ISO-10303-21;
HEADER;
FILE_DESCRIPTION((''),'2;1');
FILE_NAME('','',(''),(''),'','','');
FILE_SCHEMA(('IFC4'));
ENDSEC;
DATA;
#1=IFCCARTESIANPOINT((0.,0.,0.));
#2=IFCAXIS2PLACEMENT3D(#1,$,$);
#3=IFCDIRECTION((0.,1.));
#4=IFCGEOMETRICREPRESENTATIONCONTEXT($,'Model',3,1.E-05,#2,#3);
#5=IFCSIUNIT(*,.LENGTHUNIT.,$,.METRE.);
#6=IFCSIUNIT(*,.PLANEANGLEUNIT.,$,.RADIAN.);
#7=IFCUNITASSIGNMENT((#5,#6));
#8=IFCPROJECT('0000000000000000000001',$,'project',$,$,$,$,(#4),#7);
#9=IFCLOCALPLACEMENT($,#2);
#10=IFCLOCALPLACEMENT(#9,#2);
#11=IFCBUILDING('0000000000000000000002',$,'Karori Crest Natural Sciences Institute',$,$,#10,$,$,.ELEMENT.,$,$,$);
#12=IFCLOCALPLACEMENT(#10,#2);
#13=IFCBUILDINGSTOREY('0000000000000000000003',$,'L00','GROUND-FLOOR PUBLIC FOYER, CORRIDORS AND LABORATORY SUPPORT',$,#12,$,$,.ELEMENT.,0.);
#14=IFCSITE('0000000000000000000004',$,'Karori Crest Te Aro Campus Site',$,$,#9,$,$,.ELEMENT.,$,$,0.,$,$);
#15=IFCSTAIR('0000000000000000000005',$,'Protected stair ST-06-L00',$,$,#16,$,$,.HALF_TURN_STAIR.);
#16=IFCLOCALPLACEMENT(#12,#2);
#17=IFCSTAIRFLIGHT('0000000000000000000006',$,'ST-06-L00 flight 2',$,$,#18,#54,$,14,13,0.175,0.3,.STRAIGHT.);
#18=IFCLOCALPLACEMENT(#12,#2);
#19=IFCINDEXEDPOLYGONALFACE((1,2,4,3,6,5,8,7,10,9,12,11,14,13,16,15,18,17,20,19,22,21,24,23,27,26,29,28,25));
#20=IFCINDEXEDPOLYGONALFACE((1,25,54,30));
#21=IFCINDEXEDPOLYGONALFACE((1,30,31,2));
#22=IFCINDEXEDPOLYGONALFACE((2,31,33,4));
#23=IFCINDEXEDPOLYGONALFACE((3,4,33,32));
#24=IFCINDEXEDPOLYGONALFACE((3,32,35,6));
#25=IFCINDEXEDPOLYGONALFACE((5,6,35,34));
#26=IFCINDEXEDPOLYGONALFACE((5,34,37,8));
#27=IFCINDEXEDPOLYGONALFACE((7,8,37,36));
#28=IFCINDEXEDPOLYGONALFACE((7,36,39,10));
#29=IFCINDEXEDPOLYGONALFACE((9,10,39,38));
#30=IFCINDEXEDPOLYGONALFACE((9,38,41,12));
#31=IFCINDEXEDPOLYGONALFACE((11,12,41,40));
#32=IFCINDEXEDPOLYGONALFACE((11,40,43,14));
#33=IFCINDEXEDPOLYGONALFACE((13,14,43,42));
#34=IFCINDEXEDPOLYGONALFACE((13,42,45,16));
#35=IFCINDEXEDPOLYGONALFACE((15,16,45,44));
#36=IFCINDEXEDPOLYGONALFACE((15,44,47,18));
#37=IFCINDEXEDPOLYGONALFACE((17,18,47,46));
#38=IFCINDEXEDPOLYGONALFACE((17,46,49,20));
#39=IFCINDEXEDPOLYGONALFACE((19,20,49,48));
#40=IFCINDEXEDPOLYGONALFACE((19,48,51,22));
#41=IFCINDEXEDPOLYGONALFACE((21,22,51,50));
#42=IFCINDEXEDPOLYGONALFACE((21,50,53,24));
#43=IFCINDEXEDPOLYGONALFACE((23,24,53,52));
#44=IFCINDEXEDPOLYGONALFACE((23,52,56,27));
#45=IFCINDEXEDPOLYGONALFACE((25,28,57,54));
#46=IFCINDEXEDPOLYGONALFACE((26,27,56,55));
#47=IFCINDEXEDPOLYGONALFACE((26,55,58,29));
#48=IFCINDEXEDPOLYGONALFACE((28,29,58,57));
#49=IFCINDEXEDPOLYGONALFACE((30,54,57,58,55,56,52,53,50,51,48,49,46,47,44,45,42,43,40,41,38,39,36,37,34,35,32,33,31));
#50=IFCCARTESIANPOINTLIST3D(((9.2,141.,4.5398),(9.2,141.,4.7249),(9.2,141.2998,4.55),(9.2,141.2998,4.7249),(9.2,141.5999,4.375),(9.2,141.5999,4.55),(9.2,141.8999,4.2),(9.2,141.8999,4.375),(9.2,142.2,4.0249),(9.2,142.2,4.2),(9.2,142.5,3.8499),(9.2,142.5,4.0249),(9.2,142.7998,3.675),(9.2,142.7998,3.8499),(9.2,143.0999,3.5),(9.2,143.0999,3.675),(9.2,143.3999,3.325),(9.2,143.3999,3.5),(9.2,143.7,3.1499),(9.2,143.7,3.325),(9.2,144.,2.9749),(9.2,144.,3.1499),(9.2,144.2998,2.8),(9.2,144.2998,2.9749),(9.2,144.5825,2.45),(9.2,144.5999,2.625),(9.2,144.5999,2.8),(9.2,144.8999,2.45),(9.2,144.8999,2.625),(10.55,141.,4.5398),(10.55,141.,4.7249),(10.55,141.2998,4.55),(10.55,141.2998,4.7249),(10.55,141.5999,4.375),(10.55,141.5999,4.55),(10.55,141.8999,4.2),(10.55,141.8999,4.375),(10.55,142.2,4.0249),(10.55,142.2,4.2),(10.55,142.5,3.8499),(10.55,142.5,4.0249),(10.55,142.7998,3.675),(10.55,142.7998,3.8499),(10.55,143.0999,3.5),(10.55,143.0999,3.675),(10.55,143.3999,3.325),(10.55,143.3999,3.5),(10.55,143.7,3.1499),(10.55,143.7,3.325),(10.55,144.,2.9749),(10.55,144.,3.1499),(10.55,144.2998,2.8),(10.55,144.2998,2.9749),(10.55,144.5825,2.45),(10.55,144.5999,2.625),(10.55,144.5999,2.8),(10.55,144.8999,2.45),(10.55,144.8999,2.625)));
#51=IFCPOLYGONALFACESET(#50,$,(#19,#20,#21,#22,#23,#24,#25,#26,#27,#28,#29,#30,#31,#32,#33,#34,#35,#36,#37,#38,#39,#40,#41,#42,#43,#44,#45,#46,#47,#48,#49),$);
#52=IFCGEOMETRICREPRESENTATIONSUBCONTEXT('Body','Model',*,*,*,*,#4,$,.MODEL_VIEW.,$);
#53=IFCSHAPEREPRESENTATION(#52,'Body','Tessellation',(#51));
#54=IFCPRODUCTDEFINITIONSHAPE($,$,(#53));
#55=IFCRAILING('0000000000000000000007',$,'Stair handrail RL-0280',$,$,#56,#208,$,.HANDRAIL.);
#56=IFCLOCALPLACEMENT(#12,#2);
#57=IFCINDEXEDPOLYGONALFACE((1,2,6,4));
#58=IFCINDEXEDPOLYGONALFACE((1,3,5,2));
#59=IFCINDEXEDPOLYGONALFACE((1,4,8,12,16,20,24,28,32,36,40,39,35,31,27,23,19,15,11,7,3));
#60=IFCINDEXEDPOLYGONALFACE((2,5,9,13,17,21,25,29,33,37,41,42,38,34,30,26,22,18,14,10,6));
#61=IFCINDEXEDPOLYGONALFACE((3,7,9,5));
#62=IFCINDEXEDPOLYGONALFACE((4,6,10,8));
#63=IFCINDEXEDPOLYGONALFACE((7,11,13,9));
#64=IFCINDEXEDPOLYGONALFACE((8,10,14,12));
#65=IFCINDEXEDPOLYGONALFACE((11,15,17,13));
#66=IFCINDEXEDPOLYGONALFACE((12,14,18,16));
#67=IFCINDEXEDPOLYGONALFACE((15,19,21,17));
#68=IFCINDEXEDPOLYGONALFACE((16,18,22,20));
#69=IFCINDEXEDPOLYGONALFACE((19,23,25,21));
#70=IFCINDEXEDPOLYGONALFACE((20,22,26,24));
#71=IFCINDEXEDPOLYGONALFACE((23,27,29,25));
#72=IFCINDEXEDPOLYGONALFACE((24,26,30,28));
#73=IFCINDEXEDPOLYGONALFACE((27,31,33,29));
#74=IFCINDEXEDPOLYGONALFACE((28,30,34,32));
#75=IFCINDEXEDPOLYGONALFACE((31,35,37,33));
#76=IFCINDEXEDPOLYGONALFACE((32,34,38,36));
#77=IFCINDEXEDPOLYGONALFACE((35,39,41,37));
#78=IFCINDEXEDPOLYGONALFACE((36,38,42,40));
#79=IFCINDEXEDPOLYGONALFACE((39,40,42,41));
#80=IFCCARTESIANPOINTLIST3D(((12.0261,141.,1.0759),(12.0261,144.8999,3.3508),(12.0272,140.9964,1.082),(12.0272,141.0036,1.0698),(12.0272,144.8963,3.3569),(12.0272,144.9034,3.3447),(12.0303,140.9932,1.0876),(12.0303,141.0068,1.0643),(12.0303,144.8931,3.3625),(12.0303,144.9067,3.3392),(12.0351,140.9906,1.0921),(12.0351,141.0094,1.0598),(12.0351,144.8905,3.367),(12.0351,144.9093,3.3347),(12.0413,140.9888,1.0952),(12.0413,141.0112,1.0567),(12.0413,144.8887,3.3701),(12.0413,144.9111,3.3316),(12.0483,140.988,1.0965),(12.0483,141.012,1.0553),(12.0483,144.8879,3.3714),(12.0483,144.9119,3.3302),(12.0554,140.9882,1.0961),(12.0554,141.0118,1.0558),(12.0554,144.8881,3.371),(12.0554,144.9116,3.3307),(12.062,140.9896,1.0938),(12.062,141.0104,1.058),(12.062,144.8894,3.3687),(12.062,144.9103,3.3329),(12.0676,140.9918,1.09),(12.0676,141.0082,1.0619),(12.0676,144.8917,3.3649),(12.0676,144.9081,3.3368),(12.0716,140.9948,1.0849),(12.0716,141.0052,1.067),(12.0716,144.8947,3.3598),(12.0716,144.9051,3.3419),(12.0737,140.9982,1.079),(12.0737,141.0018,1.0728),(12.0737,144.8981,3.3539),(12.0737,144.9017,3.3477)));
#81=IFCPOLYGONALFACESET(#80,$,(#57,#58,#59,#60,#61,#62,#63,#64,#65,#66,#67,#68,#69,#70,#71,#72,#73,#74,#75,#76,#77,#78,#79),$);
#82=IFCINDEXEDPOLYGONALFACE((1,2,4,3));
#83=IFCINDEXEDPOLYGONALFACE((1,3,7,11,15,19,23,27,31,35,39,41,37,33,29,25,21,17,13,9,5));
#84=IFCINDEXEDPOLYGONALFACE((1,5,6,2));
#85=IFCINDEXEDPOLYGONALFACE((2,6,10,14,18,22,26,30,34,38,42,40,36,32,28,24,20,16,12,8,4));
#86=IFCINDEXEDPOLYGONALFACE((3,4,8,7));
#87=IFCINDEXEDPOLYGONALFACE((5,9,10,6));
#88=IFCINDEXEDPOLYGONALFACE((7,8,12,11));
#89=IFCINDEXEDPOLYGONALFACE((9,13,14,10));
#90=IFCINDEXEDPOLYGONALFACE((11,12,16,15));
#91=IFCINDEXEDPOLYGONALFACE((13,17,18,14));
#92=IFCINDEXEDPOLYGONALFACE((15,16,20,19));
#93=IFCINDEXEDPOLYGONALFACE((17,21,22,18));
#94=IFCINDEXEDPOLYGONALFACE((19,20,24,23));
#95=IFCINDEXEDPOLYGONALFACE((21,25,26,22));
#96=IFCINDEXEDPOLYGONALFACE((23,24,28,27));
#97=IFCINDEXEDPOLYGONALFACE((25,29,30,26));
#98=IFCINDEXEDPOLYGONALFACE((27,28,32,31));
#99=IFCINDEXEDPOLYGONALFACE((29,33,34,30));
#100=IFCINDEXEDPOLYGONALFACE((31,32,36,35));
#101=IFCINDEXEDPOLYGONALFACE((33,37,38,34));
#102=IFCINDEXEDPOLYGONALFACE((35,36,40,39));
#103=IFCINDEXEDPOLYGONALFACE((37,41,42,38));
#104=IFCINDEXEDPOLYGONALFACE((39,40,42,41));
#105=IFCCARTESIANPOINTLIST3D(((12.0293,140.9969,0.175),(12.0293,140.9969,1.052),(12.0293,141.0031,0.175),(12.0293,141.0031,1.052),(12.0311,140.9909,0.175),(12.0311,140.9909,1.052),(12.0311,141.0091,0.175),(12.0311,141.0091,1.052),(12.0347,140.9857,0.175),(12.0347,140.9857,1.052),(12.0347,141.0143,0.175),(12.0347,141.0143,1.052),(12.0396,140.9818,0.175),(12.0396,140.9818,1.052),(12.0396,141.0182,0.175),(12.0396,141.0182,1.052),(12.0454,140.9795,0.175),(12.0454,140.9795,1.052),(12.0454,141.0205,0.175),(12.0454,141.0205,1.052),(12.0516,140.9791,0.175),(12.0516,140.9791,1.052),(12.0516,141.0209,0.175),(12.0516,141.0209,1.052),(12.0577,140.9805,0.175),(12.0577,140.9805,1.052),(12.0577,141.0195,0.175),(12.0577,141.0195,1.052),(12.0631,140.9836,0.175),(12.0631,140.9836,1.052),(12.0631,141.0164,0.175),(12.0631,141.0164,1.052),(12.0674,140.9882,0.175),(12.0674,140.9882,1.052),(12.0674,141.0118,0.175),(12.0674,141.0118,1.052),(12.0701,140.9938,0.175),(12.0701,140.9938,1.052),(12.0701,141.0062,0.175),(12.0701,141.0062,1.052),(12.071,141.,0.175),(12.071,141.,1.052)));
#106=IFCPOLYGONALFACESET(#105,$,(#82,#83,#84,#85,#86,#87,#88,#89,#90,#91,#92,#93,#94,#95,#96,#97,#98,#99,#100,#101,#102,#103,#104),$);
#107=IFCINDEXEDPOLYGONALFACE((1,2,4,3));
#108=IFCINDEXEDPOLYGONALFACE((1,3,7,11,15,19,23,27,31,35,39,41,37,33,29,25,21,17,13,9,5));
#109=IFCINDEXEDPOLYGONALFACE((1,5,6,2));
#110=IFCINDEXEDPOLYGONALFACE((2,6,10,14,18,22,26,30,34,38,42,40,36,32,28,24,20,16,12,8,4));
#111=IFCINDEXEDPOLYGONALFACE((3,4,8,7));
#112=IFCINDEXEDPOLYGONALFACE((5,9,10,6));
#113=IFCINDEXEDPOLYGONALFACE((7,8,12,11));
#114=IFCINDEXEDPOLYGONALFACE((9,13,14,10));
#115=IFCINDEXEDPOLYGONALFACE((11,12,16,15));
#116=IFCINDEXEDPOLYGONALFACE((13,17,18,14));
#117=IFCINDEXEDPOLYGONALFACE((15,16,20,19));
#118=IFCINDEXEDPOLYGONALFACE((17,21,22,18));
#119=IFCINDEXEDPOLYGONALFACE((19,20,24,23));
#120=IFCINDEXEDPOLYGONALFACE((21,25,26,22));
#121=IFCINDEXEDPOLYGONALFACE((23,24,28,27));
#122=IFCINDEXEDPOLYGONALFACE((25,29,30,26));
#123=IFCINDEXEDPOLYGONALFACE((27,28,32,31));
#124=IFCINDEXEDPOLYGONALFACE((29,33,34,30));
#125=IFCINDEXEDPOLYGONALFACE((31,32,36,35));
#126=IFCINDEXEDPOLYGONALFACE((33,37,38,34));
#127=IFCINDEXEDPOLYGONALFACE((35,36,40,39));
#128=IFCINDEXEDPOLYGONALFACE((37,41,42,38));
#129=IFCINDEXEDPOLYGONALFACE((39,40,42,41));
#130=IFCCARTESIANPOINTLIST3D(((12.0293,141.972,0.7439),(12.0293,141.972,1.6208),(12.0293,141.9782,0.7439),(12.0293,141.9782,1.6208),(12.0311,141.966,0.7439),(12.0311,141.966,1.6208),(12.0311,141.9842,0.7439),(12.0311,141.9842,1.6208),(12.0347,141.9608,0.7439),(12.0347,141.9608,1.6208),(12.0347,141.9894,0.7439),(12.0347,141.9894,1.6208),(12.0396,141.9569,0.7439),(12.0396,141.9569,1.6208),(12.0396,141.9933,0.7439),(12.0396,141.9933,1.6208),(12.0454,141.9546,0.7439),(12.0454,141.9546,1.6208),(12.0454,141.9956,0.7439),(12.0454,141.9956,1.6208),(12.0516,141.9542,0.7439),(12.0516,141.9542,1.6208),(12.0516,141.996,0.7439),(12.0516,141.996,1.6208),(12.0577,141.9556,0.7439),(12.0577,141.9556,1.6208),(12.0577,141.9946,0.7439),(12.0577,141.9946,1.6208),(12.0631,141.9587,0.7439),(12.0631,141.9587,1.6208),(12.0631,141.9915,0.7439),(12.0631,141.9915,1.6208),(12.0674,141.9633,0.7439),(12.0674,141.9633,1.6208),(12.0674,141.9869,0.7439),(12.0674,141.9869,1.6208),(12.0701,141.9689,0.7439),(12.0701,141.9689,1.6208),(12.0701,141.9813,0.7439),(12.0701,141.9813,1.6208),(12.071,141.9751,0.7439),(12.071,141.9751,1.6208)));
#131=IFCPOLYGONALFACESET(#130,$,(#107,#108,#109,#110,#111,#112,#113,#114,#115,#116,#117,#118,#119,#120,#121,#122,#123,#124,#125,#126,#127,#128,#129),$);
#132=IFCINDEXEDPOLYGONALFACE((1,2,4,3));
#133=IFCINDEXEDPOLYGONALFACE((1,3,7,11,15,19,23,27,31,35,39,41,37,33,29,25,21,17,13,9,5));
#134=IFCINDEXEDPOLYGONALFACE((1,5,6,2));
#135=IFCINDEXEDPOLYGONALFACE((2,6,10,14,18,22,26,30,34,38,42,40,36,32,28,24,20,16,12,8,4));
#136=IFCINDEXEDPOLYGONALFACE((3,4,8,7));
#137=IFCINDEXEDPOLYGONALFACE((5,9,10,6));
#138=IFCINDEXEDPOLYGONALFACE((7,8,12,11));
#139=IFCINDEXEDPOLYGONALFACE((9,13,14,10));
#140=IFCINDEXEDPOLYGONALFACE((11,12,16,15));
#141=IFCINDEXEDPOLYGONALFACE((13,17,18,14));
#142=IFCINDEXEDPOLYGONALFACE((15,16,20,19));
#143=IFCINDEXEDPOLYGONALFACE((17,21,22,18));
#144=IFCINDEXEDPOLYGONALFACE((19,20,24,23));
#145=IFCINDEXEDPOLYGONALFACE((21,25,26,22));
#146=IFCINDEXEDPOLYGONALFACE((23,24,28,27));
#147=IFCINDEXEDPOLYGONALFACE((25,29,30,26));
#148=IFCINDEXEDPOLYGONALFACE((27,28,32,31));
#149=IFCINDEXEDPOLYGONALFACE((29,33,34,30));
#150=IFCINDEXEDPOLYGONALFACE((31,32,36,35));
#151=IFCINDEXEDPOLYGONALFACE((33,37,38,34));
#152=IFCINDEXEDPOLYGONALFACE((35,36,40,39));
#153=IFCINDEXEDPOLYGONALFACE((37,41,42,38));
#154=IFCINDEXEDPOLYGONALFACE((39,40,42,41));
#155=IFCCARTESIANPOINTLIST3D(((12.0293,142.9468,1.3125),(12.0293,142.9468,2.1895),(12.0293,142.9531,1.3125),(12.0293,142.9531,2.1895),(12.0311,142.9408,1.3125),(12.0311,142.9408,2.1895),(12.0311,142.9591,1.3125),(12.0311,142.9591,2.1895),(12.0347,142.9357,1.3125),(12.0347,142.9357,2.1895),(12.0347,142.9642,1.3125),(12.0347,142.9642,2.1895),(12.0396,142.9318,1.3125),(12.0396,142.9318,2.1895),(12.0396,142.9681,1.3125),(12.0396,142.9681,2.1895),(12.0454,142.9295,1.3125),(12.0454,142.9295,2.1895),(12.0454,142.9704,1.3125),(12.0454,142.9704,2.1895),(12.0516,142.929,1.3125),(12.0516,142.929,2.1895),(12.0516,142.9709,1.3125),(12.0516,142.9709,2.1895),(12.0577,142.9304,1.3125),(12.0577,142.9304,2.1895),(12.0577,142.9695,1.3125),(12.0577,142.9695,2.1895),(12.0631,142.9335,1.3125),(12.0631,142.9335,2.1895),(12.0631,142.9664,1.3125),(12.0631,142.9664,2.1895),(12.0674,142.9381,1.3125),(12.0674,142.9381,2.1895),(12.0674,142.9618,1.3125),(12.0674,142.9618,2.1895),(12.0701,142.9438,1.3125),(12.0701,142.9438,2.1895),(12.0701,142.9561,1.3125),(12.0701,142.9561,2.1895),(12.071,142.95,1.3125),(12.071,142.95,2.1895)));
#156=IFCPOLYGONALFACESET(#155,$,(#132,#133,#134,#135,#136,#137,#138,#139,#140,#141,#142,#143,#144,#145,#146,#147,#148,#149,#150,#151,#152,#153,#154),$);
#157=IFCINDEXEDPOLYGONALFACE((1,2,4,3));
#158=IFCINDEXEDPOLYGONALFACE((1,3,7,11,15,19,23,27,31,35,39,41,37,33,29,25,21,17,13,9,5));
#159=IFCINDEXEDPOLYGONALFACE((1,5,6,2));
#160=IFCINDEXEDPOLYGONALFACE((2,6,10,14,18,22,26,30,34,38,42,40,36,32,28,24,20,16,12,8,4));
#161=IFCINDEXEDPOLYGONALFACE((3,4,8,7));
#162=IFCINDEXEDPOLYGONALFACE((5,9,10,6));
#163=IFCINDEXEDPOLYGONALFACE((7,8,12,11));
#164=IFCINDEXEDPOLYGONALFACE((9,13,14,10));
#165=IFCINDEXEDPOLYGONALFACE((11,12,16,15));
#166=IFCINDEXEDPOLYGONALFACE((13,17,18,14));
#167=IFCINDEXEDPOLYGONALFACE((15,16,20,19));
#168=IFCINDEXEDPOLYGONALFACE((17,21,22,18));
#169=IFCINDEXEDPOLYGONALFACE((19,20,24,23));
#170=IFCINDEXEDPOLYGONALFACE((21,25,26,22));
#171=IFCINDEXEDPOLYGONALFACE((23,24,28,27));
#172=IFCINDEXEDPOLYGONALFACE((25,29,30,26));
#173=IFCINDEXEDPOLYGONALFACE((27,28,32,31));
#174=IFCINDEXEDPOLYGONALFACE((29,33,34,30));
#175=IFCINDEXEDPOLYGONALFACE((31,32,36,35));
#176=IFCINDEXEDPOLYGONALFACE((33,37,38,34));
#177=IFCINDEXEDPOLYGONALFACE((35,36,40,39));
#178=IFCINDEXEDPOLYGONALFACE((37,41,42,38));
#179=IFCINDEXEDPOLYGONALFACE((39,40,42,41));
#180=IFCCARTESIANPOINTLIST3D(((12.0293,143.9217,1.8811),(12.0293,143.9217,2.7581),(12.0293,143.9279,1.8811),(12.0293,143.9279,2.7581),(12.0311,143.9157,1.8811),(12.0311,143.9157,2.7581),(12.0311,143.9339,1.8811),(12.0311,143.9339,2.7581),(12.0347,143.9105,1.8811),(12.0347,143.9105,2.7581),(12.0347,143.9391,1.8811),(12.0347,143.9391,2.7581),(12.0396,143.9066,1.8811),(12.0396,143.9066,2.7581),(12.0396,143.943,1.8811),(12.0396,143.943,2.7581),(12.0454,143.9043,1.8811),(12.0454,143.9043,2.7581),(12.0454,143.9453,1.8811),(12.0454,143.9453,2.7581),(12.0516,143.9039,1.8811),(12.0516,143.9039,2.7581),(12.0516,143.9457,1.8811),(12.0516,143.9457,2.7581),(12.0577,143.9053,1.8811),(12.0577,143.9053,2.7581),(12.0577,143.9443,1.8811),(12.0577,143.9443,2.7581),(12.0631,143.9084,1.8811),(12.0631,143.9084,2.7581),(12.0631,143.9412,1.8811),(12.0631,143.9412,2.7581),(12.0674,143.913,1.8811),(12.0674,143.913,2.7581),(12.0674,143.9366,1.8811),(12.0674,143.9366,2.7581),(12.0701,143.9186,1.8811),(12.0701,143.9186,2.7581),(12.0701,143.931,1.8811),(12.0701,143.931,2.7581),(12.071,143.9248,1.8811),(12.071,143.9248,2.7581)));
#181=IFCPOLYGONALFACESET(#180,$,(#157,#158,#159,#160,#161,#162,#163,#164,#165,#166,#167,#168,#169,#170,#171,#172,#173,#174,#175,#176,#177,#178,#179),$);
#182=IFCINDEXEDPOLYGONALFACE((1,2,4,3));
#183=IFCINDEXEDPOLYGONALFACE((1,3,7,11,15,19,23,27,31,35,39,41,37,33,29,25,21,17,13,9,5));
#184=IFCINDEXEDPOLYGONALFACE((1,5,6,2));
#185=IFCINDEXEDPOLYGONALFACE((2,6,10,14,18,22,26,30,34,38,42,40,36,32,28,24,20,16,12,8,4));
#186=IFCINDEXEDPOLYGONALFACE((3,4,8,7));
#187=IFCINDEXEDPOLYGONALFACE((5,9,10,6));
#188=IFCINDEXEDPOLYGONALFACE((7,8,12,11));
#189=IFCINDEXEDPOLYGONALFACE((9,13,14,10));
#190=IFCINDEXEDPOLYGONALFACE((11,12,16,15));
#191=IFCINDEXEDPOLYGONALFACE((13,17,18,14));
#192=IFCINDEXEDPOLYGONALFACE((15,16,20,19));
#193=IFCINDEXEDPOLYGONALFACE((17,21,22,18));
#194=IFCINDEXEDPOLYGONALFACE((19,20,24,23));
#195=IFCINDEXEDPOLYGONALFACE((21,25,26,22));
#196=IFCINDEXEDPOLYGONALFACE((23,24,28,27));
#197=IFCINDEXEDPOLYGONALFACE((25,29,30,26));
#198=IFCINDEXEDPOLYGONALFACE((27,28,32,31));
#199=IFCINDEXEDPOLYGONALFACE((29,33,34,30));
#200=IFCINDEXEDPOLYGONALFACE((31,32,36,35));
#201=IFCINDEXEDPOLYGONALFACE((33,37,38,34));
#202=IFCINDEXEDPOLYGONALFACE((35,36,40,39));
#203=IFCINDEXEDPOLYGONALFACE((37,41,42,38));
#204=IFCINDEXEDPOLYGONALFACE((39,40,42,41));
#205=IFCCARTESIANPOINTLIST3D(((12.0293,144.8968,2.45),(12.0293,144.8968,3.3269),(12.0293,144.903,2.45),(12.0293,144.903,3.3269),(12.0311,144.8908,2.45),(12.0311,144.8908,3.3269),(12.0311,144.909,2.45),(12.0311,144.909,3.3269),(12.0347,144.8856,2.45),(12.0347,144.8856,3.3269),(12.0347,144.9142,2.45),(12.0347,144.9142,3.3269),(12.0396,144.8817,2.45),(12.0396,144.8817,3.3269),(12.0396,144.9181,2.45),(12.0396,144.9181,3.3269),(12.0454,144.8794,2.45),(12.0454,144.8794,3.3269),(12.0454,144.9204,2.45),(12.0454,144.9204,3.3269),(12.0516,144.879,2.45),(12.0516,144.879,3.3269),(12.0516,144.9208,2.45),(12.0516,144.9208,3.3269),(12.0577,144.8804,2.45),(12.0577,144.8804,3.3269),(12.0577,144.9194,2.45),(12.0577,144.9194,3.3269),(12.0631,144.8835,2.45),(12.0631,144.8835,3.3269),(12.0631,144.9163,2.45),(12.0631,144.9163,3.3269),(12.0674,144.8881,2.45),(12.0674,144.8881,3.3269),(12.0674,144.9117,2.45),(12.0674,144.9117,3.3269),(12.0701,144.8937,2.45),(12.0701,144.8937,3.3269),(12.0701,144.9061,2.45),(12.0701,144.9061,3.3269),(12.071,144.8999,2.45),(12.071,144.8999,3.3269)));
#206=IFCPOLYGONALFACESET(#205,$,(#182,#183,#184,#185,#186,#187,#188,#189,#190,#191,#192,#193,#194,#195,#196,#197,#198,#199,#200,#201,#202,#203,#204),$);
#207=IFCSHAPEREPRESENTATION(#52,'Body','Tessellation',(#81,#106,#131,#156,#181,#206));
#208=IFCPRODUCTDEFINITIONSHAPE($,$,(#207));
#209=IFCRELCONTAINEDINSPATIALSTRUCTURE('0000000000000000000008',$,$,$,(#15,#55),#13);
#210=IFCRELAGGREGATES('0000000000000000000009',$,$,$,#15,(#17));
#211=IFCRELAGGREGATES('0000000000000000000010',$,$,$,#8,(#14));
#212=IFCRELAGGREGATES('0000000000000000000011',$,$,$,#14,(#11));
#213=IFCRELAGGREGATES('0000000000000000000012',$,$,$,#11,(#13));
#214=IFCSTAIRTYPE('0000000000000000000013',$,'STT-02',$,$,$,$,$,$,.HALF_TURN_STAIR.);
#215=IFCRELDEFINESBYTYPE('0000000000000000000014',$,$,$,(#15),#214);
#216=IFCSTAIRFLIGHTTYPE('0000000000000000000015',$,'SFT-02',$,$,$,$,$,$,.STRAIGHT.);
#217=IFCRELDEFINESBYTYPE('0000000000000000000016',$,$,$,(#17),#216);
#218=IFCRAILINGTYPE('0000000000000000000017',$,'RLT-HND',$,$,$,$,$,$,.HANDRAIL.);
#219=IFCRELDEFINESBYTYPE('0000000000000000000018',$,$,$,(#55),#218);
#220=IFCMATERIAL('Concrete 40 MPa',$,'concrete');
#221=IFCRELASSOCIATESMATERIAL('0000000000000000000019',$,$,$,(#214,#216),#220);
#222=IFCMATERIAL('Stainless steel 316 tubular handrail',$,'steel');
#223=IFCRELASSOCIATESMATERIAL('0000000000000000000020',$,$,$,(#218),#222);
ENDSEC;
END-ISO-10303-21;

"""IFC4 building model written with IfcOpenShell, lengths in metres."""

from ifc_helpers import new_model, si_unit, direction, frame, origin, origin_2d, place, context, subcontext, project, spatial, polyline, circle, outline, extrude, material, type_object, element, aggregate, save


model = new_model("IFC4")

# Units and contexts
model_context = context("Model", 3, precision=1e-05, world=origin(), true_north=direction((0.0, 1.0)))
body_context = subcontext(model_context, "Body", "Model", "MODEL_VIEW")
ifc_project = project(units=[si_unit("LENGTHUNIT", "METRE"), si_unit("PLANEANGLEUNIT", "RADIAN")], contexts=[model_context])

# Site, building, storey
site_placement = place(None, origin())
site = spatial("IfcSite", under=ifc_project, at=site_placement, Name="Karori Crest Te Aro Campus Site", CompositionType="ELEMENT", RefElevation=0.0)
building_placement = place(site_placement, origin())
building = spatial("IfcBuilding", under=site, at=building_placement, Name="Karori Crest Natural Sciences Institute", CompositionType="ELEMENT")
storey_placement = place(building_placement, origin())
storey = spatial("IfcBuildingStorey", under=building, at=storey_placement, Name="L00", Description="GROUND-FLOOR PUBLIC FOYER, CORRIDORS AND LABORATORY SUPPORT", CompositionType="ELEMENT", Elevation=0.0)

# Stair, stair flight
ifc_material_1 = material(Name="Concrete 40 MPa", Category="concrete")
stair_type = type_object("IfcStairType", Name="STT-02", PredefinedType="HALF_TURN_STAIR", material=ifc_material_1)
stair_placement = place(storey_placement, origin())
stair = element("IfcStair", 1, at=stair_placement, inside=storey, type_object=stair_type, Name="Protected stair ST-06-L00", PredefinedType="HALF_TURN_STAIR")
stair_flight_type = type_object("IfcStairFlightType", Name="SFT-02", PredefinedType="STRAIGHT", material=ifc_material_1)
stair_flight_1_placement = place(storey_placement, frame((9.875, 144.8999, 2.45), z_axis=(0.0, 0.0, 1.0), x_axis=(0.0, -1.0, 0.0)))
stair_flight_1 = element("IfcStairFlight", 2, at=stair_flight_1_placement, type_object=stair_flight_type, Name="ST-06-L00 flight 2", NumberOfRisers=14, NumberOfTreads=13, PredefinedType="STRAIGHT", RiserHeight=0.175, TreadLength=0.3, context=body_context, shape_type="SweptSolid", body=[
    extrude(outline(polyline([(0.0, 0.0), (0.0, 0.175), (0.3, 0.175), (0.3, 0.3501), (0.6001, 0.3501), (0.6001, 0.5249), (0.8999, 0.5249), (0.8999, 0.7), (1.2, 0.7), (1.2, 0.875), (1.5, 0.875), (1.5, 1.05), (1.8, 1.05), (1.8, 1.2251), (2.1001, 1.2251), (2.1001, 1.3999), (2.3999, 1.3999), (2.3999, 1.575), (2.7, 1.575), (2.7, 1.75), (3.0, 1.75), (3.0, 1.925), (3.3, 1.925), (3.3, 2.1001), (3.6001, 2.1001), (3.6001, 2.2749), (3.8999, 2.2749), (3.8999, 2.45), (3.8999, 2.0898), (0.3174, 0.0), (0.0, 0.0)])), frame((0.0, 0.675, 0.0), z_axis=(0.0, -1.0, 0.0), x_axis=(1.0, 0.0, 0.0)), (0.0, 0.0, 1.0), 1.3501),
])
aggregate(stair, [stair_flight_1])

# Railing
ifc_material_2 = material(Name="Stainless steel 316 tubular handrail", Category="steel")
railing_type_1 = type_object("IfcRailingType", Name="RLT-HND", PredefinedType="HANDRAIL", material=ifc_material_2)
railing_1_placement = place(storey_placement, frame((12.05, 141.0, 0.175)))
element("IfcRailing", 3, at=railing_1_placement, inside=storey, type_object=railing_type_1, Name="Stair handrail RL-0280", PredefinedType="HANDRAIL", context=body_context, shape_type="SweptSolid", body=[
    extrude(circle(Radius=0.0239, at=origin_2d()), frame((0.0, 0.0, 0.9009), z_axis=(0.0, 0.863783, 0.503864), x_axis=(-1.0, 0.0, 0.0)), (0.0, 0.0, 1.0), 4.5149),
    extrude(circle(Radius=0.021, at=origin_2d()), origin(), (0.0, 0.0, 1.0), 0.877),
    extrude(circle(Radius=0.021, at=origin_2d()), frame((0.0, 0.9751, 0.5688)), (0.0, 0.0, 1.0), 0.877),
    extrude(circle(Radius=0.021, at=origin_2d()), frame((0.0, 1.95, 1.1375)), (0.0, 0.0, 1.0), 0.877),
    extrude(circle(Radius=0.021, at=origin_2d()), frame((0.0, 2.9248, 1.7061)), (0.0, 0.0, 1.0), 0.877),
    extrude(circle(Radius=0.021, at=origin_2d()), frame((0.0, 3.8999, 2.2749)), (0.0, 0.0, 1.0), 0.877),
])

save(model, "model.ifc")
